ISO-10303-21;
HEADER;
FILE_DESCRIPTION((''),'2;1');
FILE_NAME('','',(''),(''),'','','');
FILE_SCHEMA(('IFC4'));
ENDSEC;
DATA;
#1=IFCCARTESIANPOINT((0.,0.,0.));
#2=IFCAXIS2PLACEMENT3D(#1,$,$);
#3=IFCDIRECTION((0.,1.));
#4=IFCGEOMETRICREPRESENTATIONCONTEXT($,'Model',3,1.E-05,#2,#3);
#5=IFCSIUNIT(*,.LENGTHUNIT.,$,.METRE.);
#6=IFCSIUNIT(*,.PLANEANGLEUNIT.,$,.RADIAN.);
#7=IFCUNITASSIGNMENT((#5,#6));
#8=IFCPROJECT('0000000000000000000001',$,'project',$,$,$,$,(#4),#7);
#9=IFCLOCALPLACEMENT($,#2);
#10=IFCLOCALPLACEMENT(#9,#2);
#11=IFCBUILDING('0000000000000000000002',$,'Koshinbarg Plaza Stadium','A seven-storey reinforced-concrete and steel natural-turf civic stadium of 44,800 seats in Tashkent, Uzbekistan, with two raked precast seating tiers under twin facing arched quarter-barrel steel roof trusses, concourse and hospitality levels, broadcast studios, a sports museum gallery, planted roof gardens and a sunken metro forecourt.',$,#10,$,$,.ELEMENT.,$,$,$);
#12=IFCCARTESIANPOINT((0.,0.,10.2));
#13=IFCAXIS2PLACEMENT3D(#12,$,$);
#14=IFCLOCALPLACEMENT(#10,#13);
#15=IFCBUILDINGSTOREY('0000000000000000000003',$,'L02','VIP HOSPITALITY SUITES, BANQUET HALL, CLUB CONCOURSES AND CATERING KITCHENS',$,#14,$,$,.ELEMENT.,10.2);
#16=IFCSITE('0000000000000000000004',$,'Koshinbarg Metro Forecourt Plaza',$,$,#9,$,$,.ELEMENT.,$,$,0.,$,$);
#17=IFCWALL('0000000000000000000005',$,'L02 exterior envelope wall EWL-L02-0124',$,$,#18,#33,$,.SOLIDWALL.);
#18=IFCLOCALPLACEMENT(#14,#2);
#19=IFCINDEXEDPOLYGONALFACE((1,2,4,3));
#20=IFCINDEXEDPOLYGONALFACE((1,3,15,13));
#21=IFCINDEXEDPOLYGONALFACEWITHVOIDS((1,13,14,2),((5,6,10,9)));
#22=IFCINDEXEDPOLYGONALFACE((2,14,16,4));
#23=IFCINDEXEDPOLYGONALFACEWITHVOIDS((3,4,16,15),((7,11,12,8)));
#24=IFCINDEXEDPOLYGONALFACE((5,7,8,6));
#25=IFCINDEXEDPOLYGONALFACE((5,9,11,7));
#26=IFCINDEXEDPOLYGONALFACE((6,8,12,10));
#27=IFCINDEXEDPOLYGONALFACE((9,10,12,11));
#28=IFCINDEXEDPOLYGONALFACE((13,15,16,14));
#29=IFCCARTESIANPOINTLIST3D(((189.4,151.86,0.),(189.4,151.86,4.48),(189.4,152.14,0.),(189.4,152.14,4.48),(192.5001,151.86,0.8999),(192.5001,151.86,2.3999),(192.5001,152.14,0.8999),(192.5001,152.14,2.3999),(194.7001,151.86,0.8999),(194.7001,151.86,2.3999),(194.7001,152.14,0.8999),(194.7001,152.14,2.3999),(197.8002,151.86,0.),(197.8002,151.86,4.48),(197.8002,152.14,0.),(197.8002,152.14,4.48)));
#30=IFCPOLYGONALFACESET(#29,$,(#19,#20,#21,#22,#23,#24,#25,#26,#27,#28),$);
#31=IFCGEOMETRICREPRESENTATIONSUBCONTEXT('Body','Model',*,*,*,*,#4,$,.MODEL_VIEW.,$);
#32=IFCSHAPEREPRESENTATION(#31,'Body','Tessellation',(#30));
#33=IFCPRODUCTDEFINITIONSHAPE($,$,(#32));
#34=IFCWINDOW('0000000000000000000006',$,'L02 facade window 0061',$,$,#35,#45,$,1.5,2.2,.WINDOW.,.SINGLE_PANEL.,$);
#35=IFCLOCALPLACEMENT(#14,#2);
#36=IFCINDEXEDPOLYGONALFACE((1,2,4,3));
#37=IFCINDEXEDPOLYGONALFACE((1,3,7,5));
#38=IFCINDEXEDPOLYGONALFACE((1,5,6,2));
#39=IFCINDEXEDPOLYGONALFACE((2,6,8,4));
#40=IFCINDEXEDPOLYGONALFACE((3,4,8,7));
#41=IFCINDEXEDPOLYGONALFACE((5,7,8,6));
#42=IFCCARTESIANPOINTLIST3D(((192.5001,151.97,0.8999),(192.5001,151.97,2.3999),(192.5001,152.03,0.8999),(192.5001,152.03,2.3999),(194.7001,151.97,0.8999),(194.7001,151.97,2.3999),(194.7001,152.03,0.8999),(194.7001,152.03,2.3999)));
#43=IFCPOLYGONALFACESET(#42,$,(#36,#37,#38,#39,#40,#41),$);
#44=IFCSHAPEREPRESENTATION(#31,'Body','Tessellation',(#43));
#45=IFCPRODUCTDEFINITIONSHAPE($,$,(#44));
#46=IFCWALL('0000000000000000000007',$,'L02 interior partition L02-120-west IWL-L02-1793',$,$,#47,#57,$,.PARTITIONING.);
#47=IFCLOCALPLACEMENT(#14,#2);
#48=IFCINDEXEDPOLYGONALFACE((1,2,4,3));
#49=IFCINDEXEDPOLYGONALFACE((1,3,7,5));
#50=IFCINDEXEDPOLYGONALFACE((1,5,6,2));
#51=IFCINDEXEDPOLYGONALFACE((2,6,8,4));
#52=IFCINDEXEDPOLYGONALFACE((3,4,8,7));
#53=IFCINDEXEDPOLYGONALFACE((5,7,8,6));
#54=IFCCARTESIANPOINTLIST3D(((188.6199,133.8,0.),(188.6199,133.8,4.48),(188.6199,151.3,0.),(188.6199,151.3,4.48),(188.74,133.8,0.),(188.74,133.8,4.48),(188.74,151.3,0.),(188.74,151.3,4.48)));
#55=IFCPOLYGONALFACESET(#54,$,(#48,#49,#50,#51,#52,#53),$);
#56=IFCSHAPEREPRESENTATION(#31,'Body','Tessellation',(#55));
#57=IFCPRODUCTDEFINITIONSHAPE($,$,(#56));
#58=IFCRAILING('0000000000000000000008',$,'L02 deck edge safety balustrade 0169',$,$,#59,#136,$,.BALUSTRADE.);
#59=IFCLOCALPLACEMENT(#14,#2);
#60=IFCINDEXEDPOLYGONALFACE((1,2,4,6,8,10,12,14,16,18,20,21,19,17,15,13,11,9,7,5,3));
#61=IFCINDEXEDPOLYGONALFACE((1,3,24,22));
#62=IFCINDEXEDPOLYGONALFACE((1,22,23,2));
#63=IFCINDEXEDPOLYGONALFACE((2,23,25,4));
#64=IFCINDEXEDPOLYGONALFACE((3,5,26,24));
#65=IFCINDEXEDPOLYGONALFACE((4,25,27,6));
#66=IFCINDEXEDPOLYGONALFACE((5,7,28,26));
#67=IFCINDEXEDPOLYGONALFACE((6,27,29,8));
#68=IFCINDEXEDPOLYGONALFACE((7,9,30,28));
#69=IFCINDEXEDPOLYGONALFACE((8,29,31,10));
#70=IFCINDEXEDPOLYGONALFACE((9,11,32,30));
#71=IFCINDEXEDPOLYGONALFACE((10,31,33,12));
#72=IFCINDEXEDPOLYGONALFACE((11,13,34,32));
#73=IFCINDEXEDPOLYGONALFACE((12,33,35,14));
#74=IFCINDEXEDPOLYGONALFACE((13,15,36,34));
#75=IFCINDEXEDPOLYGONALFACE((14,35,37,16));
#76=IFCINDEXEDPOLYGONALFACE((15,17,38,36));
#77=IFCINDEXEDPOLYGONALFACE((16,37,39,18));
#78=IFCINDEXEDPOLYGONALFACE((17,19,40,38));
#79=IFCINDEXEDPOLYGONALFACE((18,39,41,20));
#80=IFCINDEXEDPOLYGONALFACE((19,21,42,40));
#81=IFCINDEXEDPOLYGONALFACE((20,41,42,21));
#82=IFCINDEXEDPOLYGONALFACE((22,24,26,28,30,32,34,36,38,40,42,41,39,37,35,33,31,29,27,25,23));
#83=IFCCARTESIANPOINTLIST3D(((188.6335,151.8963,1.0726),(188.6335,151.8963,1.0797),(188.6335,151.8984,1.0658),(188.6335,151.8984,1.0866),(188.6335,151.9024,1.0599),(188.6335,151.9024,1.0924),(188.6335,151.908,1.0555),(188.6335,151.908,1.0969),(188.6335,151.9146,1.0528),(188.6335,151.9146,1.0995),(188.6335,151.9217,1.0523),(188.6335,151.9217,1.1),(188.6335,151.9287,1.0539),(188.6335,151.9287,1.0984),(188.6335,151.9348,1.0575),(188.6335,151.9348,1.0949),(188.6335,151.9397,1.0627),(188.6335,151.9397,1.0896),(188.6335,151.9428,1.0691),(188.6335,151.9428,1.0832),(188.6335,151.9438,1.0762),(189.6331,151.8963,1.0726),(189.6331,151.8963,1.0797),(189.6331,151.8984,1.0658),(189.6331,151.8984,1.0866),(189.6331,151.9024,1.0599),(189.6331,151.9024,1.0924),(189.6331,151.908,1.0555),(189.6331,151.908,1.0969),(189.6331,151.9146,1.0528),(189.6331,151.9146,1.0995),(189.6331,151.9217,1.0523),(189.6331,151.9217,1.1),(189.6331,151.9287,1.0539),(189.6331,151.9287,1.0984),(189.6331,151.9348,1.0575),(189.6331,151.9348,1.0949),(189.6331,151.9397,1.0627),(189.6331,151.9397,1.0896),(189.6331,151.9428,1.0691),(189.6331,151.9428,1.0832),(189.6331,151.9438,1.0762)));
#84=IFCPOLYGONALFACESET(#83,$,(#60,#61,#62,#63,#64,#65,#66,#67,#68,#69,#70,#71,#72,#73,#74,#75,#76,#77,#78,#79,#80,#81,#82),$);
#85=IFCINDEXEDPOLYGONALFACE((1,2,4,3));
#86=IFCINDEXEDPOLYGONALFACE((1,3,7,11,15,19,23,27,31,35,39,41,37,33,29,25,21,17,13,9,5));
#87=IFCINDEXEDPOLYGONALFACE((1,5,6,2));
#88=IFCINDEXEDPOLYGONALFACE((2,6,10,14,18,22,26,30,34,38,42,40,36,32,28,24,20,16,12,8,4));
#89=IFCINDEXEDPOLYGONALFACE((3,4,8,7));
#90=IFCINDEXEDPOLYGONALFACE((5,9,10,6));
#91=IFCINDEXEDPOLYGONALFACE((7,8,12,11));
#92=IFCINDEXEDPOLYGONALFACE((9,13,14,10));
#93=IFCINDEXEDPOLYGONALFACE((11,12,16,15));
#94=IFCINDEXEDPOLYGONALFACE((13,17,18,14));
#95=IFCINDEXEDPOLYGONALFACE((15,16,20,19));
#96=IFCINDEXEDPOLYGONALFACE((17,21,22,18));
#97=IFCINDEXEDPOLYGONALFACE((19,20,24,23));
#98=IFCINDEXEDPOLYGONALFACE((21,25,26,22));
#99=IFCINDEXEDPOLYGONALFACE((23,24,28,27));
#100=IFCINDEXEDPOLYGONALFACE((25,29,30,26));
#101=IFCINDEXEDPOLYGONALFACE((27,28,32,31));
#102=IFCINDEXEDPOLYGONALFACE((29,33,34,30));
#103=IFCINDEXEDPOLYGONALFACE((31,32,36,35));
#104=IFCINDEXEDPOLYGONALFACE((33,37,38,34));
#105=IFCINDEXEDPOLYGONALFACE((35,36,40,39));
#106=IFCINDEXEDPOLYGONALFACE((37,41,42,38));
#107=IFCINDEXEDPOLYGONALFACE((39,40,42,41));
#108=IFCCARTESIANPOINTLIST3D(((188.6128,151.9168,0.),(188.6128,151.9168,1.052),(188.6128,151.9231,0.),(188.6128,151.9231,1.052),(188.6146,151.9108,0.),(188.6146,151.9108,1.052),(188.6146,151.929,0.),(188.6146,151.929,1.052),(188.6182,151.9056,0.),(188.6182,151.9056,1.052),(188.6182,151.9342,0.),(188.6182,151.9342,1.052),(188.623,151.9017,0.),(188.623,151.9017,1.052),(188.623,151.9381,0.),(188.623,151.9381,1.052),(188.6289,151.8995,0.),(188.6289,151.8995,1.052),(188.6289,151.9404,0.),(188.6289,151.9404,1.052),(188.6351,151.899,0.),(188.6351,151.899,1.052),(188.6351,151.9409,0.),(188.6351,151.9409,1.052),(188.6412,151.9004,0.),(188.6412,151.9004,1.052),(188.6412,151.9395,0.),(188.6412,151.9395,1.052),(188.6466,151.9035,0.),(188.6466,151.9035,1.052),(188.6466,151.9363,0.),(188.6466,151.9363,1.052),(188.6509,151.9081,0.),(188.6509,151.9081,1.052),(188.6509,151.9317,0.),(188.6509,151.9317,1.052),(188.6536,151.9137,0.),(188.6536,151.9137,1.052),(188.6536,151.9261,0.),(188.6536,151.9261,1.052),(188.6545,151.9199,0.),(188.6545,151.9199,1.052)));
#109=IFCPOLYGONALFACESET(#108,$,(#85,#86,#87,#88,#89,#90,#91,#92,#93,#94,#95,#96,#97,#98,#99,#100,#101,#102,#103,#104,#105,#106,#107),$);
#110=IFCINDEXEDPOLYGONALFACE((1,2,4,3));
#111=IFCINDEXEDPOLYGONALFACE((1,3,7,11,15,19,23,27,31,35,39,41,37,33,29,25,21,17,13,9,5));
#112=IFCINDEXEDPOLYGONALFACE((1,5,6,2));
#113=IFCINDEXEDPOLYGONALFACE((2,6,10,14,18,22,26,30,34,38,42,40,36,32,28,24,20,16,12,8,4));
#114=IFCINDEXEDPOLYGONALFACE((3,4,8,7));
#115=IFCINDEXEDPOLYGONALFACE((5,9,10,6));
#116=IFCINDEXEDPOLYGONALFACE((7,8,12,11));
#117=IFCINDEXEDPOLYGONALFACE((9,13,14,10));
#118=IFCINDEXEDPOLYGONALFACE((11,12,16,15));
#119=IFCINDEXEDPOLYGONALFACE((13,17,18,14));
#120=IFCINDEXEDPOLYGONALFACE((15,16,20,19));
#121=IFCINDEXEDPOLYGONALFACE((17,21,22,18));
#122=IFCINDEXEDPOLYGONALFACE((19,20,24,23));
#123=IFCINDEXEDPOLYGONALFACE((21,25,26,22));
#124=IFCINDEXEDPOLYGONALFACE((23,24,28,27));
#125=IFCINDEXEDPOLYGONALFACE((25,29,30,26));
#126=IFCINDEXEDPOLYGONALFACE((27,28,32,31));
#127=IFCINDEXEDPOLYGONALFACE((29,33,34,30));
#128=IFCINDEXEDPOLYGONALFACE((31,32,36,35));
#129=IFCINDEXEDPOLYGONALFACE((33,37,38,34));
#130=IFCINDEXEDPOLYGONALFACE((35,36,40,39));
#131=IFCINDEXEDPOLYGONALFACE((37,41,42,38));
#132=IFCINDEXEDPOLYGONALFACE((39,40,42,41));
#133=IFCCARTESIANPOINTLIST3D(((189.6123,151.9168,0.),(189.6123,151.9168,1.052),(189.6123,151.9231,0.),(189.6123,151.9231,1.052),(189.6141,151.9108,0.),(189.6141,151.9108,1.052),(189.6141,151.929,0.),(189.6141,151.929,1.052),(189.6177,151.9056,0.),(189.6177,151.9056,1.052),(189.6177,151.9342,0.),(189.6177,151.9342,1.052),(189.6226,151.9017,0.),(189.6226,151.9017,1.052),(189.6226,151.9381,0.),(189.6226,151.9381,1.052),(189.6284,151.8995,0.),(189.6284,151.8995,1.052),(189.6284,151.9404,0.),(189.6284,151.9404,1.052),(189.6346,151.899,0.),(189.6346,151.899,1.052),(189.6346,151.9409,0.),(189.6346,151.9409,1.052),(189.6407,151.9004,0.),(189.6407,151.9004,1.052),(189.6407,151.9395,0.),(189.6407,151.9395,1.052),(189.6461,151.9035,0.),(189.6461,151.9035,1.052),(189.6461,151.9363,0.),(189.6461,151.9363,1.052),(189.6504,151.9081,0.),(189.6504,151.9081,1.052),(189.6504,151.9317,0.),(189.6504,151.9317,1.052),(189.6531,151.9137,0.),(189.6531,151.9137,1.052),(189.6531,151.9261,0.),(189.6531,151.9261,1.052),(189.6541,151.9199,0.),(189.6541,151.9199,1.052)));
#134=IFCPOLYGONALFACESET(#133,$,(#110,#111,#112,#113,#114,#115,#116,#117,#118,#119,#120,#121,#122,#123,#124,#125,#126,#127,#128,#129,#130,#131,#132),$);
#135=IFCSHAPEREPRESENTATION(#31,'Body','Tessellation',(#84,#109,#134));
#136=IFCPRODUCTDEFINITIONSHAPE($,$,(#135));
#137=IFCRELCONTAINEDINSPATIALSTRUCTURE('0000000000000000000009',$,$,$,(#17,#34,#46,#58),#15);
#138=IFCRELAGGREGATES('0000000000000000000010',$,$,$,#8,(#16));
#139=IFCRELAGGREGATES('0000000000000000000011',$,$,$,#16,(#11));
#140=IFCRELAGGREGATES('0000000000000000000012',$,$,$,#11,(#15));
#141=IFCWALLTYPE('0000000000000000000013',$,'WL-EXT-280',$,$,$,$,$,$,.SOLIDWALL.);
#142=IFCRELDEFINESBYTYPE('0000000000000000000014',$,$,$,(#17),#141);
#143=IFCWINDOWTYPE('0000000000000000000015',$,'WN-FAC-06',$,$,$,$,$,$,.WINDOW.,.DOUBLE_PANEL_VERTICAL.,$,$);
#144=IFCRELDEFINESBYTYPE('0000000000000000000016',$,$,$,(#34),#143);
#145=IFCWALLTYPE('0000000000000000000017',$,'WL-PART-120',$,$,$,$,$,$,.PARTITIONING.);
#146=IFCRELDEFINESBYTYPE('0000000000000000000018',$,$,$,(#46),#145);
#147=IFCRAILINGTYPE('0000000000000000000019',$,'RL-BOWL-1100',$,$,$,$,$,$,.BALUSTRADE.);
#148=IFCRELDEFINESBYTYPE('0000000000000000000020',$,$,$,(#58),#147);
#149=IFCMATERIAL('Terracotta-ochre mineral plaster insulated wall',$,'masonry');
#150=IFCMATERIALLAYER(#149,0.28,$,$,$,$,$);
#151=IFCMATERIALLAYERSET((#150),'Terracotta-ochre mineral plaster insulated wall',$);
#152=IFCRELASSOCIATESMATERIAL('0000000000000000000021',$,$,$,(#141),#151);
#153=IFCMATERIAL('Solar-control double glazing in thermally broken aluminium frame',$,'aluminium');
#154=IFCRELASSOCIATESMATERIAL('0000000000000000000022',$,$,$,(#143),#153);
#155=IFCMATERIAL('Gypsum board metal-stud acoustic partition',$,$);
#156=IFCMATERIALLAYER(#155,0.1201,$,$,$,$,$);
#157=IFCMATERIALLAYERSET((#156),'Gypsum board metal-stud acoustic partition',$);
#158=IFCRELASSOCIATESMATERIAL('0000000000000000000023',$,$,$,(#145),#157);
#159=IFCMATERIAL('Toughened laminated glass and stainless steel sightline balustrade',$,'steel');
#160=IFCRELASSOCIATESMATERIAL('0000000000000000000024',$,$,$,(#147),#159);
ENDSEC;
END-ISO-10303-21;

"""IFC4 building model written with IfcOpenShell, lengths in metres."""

from ifc_helpers import new_model, si_unit, direction, frame, frame_2d, origin, origin_2d, place, context, subcontext, project, spatial, rectangle, circle, extrude, material, layer, layer_set, type_object, element, fill, save


model = new_model("IFC4")

# Units and contexts
model_context = context("Model", 3, precision=1e-05, world=origin(), true_north=direction((0.0, 1.0)))
body_context = subcontext(model_context, "Body", "Model", "MODEL_VIEW")
ifc_project = project(units=[si_unit("LENGTHUNIT", "METRE"), si_unit("PLANEANGLEUNIT", "RADIAN")], contexts=[model_context])

# Site, building, storey
site_placement = place(None, origin())
site = spatial("IfcSite", under=ifc_project, at=site_placement, Name="Koshinbarg Metro Forecourt Plaza", CompositionType="ELEMENT", RefElevation=0.0)
building_placement = place(site_placement, origin())
building = spatial("IfcBuilding", under=site, at=building_placement, Name="Koshinbarg Plaza Stadium", Description="A seven-storey reinforced-concrete and steel natural-turf civic stadium of 44,800 seats in Tashkent, Uzbekistan, with two raked precast seating tiers under twin facing arched quarter-barrel steel roof trusses, concourse and hospitality levels, broadcast studios, a sports museum gallery, planted roof gardens and a sunken metro forecourt.", CompositionType="ELEMENT")
storey_placement = place(building_placement, frame((0.0, 0.0, 10.2)))
storey = spatial("IfcBuildingStorey", under=building, at=storey_placement, Name="L02", Description="VIP HOSPITALITY SUITES, BANQUET HALL, CLUB CONCOURSES AND CATERING KITCHENS", CompositionType="ELEMENT", Elevation=10.2)

# Wall, opening, window
ifc_material_1 = material(Name="Terracotta-ochre mineral plaster insulated wall", Category="masonry")
ifc_layer_1 = layer(ifc_material_1, 0.28)
ifc_layer_set_1 = layer_set([ifc_layer_1], Name="Terracotta-ochre mineral plaster insulated wall")
wall_type_1 = type_object("IfcWallType", Name="WL-EXT-280", PredefinedType="SOLIDWALL", material=ifc_layer_set_1)
wall_1_placement = place(storey_placement, frame((189.3999, 152.0, 0.0), z_axis=(0.0, 0.0, 1.0), x_axis=(1.0, 0.0, 0.0)))
wall_1 = element("IfcWall", 1, at=wall_1_placement, inside=storey, type_object=wall_type_1, Name="L02 exterior envelope wall EWL-L02-0124", PredefinedType="SOLIDWALL", context=body_context, shape_type="SweptSolid", body=[
    extrude(rectangle(XDim=8.4001, YDim=0.28, at=frame_2d((4.2002, 0.0))), origin(), (0.0, 0.0, 1.0), 4.48),
])
opening_placement = place(wall_1_placement, frame((3.1001, 0.0, 0.8999)))
opening = element("IfcOpeningElement", 2, at=opening_placement, cuts=wall_1, PredefinedType="OPENING", context=body_context, shape_type="SweptSolid", body=[
    extrude(rectangle(XDim=2.2, YDim=1.5, at=frame_2d((1.1001, 0.75))), frame((0.0, 0.1499, 0.0), z_axis=(0.0, -1.0, 0.0), x_axis=(1.0, 0.0, 0.0)), (0.0, 0.0, 1.0), 0.3),
])
ifc_material_2 = material(Name="Solar-control double glazing in thermally broken aluminium frame", Category="aluminium")
window_type = type_object("IfcWindowType", Name="WN-FAC-06", PartitioningType="DOUBLE_PANEL_VERTICAL", PredefinedType="WINDOW", material=ifc_material_2)
window_placement = place(opening_placement, origin())
window = element("IfcWindow", 3, at=window_placement, inside=storey, type_object=window_type, Name="L02 facade window 0061", OverallHeight=1.5, OverallWidth=2.2, PartitioningType="SINGLE_PANEL", PredefinedType="WINDOW", context=body_context, shape_type="SweptSolid", body=[
    extrude(rectangle(XDim=2.2, YDim=1.5, at=frame_2d((1.1001, 0.75))), frame((0.0, 0.03, 0.0), z_axis=(0.0, -1.0, 0.0), x_axis=(1.0, 0.0, 0.0)), (0.0, 0.0, 1.0), 0.0601),
])
fill(opening, window)

# Wall
ifc_material_3 = material(Name="Gypsum board metal-stud acoustic partition")
ifc_layer_2 = layer(ifc_material_3, 0.1201)
ifc_layer_set_2 = layer_set([ifc_layer_2], Name="Gypsum board metal-stud acoustic partition")
wall_type_2 = type_object("IfcWallType", Name="WL-PART-120", PredefinedType="PARTITIONING", material=ifc_layer_set_2)
wall_2_placement = place(storey_placement, frame((188.6799, 151.3, 0.0), z_axis=(0.0, 0.0, 1.0), x_axis=(0.0, -1.0, 0.0)))
element("IfcWall", 4, at=wall_2_placement, inside=storey, type_object=wall_type_2, Name="L02 interior partition L02-120-west IWL-L02-1793", PredefinedType="PARTITIONING", context=body_context, shape_type="SweptSolid", body=[
    extrude(rectangle(XDim=17.5, YDim=0.1201, at=frame_2d((8.75, 0.0))), origin(), (0.0, 0.0, 1.0), 4.48),
])

# Railing
ifc_material_4 = material(Name="Toughened laminated glass and stainless steel sightline balustrade", Category="steel")
railing_type = type_object("IfcRailingType", Name="RL-BOWL-1100", PredefinedType="BALUSTRADE", material=ifc_material_4)
for number, where, name in (
    (5, (188.6335, 151.9199, 0.0), "L02 deck edge safety balustrade 0169"),
):
    element("IfcRailing", number, at=place(storey_placement, frame(where)), inside=storey, type_object=railing_type, Name=name, PredefinedType="BALUSTRADE", context=body_context, shape_type="SweptSolid", body=[
        extrude(circle(Radius=0.0239, at=origin_2d()), frame((0.0, 0.0, 1.0762), z_axis=(1.0, 0.0, 0.0), x_axis=(0.0, 1.0, 0.0)), (0.0, 0.0, 1.0), 0.9995),
        extrude(circle(Radius=0.021, at=origin_2d()), origin(), (0.0, 0.0, 1.0), 1.052),
        extrude(circle(Radius=0.021, at=origin_2d()), frame((0.9995, 0.0, 0.0)), (0.0, 0.0, 1.0), 1.052),
    ])

save(model, "model.ifc")
